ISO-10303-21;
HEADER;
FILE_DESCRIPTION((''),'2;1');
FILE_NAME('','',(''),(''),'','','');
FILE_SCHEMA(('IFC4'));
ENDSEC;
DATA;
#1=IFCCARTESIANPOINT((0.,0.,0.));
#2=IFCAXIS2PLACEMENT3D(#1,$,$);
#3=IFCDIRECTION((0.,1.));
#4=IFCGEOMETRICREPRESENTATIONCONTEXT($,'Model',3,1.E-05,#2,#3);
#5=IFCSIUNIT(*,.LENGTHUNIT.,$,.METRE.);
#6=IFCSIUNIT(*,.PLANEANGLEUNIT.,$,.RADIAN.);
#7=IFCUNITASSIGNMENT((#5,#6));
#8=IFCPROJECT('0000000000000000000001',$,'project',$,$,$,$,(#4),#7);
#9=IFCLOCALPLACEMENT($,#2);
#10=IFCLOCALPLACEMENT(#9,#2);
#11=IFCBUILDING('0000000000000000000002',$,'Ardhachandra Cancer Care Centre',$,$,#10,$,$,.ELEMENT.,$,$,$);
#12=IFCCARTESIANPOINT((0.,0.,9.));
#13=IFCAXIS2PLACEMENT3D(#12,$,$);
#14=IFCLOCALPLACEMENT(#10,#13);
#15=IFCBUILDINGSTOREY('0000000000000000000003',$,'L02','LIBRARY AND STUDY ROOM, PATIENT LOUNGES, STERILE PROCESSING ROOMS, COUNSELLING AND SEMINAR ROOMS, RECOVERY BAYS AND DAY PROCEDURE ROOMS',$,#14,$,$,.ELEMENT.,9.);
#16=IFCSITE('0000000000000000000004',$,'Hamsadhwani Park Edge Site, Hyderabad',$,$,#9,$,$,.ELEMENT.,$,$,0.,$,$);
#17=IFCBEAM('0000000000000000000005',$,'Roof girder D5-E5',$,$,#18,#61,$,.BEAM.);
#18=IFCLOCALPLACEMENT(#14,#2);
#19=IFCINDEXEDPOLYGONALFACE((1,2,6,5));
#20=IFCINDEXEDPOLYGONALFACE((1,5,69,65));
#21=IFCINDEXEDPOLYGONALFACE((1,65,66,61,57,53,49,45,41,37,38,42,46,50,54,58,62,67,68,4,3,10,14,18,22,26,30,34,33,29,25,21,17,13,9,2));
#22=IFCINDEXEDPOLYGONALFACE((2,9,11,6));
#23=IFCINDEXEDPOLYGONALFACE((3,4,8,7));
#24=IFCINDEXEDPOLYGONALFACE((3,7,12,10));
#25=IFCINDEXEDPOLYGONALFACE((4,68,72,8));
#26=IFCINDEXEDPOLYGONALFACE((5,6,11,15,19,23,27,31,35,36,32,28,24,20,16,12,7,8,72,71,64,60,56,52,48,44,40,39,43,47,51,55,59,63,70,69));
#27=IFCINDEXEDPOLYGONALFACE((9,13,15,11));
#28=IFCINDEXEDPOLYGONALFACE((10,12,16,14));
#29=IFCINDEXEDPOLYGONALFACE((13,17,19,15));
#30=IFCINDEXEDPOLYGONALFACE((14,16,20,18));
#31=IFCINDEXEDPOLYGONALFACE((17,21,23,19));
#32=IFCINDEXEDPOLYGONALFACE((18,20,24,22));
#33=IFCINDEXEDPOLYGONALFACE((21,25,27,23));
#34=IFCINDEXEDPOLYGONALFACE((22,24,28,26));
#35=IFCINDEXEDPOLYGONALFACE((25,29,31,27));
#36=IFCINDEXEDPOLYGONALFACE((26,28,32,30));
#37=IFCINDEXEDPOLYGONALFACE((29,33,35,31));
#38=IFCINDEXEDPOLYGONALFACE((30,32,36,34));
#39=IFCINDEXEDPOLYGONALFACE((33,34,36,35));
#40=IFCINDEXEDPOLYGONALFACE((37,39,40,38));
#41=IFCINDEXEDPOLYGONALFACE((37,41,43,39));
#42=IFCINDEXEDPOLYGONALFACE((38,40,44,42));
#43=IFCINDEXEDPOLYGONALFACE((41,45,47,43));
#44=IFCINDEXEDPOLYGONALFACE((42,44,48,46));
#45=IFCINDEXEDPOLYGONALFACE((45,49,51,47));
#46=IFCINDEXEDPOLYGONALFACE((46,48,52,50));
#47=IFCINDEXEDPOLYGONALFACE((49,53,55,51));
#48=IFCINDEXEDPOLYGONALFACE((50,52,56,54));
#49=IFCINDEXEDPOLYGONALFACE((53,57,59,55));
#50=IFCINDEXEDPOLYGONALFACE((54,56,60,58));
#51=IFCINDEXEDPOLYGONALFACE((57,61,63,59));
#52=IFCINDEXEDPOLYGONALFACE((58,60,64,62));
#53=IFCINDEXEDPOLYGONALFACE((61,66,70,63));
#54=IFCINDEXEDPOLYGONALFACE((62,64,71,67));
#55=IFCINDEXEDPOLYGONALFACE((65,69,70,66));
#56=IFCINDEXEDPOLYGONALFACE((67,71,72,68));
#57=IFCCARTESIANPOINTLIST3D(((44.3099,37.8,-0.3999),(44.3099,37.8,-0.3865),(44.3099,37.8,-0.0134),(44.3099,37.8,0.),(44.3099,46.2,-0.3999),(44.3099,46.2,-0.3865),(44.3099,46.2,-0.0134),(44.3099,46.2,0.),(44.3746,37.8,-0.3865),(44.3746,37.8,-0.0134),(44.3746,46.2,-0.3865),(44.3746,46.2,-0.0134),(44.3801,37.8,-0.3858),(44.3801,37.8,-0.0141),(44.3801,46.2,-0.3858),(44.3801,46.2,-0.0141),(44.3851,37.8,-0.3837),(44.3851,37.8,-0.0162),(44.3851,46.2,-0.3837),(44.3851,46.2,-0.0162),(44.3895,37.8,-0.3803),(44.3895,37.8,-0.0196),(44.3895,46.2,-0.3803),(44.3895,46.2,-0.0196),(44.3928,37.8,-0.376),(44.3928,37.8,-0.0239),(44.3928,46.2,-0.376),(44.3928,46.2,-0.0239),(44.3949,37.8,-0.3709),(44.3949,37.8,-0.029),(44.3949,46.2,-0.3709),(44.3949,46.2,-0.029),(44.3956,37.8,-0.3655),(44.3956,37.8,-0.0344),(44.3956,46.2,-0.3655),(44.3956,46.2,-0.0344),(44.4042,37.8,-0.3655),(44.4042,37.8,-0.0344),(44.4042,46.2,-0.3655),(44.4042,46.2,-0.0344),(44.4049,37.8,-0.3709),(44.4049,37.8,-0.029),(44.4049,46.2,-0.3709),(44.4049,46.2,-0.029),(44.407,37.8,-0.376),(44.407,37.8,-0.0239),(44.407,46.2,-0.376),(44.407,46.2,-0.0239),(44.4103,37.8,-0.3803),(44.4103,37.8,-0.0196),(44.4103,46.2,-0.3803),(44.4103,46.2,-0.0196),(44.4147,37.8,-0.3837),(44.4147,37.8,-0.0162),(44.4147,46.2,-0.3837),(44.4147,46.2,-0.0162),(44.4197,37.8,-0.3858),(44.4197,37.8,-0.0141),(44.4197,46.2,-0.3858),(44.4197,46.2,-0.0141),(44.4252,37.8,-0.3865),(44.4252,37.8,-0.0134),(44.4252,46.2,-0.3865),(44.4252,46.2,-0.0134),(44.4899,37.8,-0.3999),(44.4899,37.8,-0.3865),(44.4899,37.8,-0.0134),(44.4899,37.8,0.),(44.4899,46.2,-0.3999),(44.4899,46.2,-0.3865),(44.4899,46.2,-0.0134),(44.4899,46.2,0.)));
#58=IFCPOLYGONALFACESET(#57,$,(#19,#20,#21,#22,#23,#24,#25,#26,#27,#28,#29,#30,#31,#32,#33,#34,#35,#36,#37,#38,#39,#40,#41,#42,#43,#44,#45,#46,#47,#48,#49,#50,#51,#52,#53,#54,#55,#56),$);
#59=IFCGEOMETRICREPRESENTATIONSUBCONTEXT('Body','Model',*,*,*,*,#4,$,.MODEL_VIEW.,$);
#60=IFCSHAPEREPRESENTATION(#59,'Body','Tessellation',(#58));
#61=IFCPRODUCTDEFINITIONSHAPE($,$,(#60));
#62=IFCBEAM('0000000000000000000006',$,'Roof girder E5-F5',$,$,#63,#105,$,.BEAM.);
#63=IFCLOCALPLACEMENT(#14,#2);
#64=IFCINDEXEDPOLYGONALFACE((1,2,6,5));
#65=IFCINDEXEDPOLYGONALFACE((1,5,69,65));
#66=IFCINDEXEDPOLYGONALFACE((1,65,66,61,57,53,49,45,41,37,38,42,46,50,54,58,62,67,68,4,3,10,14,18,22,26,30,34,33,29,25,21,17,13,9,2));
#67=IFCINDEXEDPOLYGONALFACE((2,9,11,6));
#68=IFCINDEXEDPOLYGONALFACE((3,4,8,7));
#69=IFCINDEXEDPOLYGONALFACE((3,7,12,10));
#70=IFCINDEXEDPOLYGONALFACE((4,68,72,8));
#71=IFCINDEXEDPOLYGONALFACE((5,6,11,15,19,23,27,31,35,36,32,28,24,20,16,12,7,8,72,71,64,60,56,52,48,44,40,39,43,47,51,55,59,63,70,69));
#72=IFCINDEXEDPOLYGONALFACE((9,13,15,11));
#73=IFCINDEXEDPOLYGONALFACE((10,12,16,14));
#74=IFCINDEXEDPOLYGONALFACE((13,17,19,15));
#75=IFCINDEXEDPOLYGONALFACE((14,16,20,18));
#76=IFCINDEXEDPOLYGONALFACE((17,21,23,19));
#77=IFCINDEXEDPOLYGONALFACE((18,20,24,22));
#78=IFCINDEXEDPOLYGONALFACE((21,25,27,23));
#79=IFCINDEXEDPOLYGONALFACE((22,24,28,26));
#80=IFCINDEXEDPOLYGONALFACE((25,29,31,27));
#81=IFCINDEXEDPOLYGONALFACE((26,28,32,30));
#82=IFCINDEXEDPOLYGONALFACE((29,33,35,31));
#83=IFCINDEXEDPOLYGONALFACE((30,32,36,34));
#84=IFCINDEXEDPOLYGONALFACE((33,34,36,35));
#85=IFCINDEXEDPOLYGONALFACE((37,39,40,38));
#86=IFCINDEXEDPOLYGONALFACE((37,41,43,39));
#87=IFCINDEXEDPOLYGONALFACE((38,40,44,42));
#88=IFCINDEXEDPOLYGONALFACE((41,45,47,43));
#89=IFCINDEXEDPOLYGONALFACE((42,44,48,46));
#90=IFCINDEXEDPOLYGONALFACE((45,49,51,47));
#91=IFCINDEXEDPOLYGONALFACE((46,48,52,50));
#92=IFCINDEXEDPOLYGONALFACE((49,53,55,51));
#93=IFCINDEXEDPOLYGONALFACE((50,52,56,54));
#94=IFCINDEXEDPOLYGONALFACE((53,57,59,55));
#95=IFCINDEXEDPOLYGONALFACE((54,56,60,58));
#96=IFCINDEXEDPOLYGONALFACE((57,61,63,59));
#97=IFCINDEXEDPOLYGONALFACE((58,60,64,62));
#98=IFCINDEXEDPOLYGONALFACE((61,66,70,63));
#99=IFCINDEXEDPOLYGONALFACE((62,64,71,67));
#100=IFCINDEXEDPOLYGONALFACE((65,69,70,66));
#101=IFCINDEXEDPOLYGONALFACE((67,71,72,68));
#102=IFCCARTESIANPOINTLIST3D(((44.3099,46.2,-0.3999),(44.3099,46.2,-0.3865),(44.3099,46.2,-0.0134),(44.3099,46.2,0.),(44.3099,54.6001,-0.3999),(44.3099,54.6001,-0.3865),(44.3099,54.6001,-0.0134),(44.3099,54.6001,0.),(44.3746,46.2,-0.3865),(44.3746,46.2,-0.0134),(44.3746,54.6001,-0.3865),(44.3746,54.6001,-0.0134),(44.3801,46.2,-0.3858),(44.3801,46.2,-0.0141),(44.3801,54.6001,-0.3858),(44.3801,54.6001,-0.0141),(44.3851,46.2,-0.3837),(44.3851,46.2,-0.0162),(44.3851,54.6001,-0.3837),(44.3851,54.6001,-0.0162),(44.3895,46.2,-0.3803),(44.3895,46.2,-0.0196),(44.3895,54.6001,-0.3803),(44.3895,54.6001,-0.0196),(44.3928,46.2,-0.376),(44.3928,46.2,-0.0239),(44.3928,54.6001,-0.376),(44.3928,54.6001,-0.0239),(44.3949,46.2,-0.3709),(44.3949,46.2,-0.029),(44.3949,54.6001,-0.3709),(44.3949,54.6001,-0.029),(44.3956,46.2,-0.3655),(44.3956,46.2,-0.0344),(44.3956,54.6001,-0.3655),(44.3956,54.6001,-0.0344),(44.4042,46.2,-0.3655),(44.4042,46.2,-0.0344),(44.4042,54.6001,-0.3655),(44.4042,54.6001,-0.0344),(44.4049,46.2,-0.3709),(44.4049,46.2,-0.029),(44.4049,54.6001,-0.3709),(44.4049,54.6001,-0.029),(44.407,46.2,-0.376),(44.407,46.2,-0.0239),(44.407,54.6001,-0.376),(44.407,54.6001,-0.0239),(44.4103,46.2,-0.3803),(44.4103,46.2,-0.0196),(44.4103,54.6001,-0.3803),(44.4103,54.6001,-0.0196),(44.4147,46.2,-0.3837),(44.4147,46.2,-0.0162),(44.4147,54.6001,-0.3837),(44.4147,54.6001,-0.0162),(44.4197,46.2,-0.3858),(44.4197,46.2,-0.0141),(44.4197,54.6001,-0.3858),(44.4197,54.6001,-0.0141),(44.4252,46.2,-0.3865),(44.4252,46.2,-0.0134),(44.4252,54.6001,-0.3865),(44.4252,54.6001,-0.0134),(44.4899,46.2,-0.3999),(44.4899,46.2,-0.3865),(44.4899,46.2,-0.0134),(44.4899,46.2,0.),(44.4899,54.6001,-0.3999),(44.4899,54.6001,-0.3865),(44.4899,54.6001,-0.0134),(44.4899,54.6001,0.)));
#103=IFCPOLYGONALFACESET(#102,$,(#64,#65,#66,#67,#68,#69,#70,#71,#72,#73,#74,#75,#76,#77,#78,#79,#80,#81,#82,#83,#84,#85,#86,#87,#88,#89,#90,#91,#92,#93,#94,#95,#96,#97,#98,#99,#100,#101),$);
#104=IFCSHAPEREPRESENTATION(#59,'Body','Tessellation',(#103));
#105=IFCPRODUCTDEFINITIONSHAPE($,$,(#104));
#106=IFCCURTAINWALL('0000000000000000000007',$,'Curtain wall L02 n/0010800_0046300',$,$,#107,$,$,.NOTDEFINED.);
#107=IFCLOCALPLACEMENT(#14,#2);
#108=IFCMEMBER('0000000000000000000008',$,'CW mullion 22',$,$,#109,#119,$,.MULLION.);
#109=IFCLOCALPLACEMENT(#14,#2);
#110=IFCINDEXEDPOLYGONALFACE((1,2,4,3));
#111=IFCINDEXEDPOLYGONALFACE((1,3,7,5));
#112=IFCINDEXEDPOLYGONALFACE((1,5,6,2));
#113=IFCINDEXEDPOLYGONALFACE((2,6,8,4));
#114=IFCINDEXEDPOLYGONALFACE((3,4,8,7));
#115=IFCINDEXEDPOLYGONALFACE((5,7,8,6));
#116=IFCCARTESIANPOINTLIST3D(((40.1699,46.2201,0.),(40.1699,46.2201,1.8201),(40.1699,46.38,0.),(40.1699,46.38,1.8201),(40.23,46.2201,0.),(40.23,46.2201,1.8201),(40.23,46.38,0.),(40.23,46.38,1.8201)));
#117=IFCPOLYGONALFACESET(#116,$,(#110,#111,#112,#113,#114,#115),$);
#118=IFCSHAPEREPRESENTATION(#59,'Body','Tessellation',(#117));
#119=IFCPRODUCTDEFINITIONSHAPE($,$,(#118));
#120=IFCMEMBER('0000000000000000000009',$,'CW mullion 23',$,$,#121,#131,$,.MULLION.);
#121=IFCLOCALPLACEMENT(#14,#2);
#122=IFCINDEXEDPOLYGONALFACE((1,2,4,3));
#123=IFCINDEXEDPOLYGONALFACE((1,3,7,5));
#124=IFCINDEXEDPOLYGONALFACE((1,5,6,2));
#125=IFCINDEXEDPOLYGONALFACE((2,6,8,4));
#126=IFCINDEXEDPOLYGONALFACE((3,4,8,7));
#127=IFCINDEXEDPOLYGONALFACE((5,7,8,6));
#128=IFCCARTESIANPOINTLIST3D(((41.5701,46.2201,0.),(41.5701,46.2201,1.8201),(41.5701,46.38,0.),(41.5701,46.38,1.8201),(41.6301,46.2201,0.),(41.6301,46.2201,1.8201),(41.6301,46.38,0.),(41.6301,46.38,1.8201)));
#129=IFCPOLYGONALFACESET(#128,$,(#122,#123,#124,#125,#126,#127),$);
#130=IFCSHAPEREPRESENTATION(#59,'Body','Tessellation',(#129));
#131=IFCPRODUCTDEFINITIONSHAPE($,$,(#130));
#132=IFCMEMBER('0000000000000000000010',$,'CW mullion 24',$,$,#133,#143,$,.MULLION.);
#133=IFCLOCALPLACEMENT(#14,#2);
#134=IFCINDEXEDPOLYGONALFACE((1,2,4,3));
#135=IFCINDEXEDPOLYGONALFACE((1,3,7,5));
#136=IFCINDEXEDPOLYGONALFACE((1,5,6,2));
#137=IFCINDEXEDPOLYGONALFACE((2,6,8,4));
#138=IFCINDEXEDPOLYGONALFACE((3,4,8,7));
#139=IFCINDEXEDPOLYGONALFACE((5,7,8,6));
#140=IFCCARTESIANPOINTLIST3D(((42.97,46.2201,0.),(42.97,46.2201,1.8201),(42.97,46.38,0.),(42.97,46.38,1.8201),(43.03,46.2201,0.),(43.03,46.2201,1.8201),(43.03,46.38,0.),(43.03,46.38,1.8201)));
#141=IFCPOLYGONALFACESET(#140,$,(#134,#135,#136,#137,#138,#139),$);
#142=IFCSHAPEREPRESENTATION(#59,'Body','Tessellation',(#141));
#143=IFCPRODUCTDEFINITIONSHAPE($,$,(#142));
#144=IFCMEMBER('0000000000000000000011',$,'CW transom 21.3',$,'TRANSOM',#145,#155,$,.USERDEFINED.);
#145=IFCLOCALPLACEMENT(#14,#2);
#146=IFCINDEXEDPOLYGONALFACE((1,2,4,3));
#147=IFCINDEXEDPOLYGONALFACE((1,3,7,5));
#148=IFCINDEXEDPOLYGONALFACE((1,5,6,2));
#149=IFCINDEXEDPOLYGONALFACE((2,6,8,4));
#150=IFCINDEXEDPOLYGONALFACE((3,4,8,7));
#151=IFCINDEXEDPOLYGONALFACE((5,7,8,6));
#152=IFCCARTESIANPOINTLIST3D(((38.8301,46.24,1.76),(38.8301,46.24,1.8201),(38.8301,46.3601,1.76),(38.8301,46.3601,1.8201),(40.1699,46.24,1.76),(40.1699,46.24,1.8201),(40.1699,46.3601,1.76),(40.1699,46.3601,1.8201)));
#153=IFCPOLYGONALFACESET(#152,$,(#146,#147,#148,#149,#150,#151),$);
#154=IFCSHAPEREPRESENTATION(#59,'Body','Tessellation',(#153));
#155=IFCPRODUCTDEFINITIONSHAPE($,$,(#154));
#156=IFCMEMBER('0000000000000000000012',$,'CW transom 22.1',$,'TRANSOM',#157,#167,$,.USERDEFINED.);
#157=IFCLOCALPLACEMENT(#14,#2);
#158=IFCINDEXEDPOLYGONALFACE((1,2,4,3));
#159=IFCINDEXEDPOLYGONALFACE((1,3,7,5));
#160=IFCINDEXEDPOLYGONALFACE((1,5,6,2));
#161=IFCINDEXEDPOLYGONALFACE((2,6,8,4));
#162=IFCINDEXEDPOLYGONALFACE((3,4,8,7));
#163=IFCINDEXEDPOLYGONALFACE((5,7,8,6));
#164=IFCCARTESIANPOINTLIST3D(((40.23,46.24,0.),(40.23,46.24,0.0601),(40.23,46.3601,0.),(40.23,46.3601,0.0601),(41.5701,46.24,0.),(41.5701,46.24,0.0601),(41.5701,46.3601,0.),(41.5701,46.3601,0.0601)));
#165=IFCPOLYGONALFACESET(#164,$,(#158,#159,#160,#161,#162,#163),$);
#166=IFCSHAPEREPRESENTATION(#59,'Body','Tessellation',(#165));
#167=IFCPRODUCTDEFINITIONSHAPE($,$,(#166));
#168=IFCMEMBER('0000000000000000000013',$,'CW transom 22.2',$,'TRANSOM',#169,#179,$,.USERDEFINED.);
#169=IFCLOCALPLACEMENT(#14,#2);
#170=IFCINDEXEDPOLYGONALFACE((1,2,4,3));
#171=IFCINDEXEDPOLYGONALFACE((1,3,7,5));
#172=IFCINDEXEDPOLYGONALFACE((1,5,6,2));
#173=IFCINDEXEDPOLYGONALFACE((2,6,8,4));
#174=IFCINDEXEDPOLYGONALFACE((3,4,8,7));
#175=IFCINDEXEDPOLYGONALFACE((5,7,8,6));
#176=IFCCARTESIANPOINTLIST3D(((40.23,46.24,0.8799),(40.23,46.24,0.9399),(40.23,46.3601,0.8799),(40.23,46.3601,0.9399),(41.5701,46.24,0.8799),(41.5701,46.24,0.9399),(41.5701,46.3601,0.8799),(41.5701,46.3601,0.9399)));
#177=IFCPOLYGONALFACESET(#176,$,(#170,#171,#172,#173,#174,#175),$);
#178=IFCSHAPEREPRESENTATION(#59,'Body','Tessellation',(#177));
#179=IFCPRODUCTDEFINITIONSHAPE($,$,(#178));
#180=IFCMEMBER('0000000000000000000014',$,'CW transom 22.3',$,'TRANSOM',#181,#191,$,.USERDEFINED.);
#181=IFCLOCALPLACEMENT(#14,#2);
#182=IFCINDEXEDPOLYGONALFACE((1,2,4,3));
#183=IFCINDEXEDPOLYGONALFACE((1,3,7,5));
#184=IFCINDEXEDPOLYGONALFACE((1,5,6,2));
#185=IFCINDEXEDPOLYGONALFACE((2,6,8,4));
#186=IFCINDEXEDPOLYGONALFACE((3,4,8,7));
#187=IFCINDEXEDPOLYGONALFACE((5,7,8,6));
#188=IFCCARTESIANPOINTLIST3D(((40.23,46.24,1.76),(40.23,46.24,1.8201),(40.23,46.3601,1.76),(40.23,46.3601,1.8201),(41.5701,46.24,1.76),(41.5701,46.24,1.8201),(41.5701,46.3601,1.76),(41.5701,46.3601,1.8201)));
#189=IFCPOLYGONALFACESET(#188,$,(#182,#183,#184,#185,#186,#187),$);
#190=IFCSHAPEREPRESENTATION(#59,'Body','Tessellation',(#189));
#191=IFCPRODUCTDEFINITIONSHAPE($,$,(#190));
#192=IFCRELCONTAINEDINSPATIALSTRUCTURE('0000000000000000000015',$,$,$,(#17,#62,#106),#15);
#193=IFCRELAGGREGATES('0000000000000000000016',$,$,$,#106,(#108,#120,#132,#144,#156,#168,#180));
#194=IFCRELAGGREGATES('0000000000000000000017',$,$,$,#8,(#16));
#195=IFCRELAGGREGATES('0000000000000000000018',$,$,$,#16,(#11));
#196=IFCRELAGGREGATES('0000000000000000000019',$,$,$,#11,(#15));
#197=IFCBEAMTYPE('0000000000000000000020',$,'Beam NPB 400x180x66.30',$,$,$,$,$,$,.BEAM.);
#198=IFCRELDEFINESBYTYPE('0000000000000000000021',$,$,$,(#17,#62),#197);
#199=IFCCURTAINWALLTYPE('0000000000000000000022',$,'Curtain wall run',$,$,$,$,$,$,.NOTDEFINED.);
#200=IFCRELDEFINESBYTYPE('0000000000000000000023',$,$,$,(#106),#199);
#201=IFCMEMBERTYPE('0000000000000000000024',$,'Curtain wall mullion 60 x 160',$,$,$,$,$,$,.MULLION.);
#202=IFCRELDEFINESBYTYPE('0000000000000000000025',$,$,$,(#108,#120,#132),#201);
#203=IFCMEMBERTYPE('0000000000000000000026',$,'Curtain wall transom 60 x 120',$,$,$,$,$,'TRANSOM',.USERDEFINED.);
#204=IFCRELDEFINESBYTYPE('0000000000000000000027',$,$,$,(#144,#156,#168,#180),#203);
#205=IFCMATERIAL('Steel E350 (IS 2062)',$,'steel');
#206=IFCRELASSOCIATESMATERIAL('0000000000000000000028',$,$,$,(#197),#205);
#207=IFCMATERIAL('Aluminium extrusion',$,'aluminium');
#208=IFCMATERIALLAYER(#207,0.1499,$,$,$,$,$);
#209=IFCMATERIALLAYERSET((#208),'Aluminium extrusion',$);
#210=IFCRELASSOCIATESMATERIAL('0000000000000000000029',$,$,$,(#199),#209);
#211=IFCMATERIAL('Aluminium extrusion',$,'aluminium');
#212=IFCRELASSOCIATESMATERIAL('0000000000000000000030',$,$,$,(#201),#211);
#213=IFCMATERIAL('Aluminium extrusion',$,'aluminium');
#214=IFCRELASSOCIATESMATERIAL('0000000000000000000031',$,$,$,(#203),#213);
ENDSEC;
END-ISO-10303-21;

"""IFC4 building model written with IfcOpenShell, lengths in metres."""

from ifc_helpers import new_model, si_unit, direction, frame, origin, origin_2d, place, context, subcontext, project, spatial, rectangle, i_section, extrude, material, layer, layer_set, material_profile, profile_set, type_object, element, aggregate, save


model = new_model("IFC4")

# Units and contexts
model_context = context("Model", 3, precision=1e-05, world=origin(), true_north=direction((0.0, 1.0)))
body_context = subcontext(model_context, "Body", "Model", "MODEL_VIEW")
ifc_project = project(units=[si_unit("LENGTHUNIT", "METRE"), si_unit("PLANEANGLEUNIT", "RADIAN")], contexts=[model_context])

# Site, building, storey
site_placement = place(None, origin())
site = spatial("IfcSite", under=ifc_project, at=site_placement, Name="Hamsadhwani Park Edge Site, Hyderabad", CompositionType="ELEMENT", RefElevation=0.0)
building_placement = place(site_placement, origin())
building = spatial("IfcBuilding", under=site, at=building_placement, Name="Ardhachandra Cancer Care Centre", CompositionType="ELEMENT")
storey_placement = place(building_placement, frame((0.0, 0.0, 9.0)))
storey = spatial("IfcBuildingStorey", under=building, at=storey_placement, Name="L02", Description="LIBRARY AND STUDY ROOM, PATIENT LOUNGES, STERILE PROCESSING ROOMS, COUNSELLING AND SEMINAR ROOMS, RECOVERY BAYS AND DAY PROCEDURE ROOMS", CompositionType="ELEMENT", Elevation=9.0)

# Beams
ifc_material_1 = material(Name="Steel E350 (IS 2062)", Category="steel")
ifc_material_profile_1 = material_profile(ifc_material_1, i_section(OverallWidth=0.1799, OverallDepth=0.3999, WebThickness=0.0085, FlangeThickness=0.0134, FilletRadius=0.021, at=origin_2d()), Name="NPB 400x180x66.30")
ifc_profile_set_1 = profile_set([ifc_material_profile_1], Name="Steel E350 (IS 2062)")
beam_type = type_object("IfcBeamType", Name="Beam NPB 400x180x66.30", PredefinedType="BEAM", material=ifc_profile_set_1)
beam_1_placement = place(storey_placement, frame((44.3999, 37.8, -0.2), z_axis=(0.0, 1.0, 0.0), x_axis=(-1.0, 0.0, 0.0)))
element("IfcBeam", 1, at=beam_1_placement, inside=storey, type_object=beam_type, Name="Roof girder D5-E5", PredefinedType="BEAM", context=body_context, shape_type="SweptSolid", body=[
    extrude(i_section(OverallWidth=0.1799, OverallDepth=0.3999, WebThickness=0.0085, FlangeThickness=0.0134, FilletRadius=0.021, at=origin_2d()), origin(), (0.0, 0.0, 1.0), 8.3999),
])
beam_2_placement = place(storey_placement, frame((44.3999, 46.2, -0.2), z_axis=(0.0, 1.0, 0.0), x_axis=(-1.0, 0.0, 0.0)))
element("IfcBeam", 2, at=beam_2_placement, inside=storey, type_object=beam_type, Name="Roof girder E5-F5", PredefinedType="BEAM", context=body_context, shape_type="SweptSolid", body=[
    extrude(i_section(OverallWidth=0.1799, OverallDepth=0.3999, WebThickness=0.0085, FlangeThickness=0.0134, FilletRadius=0.021, at=origin_2d()), origin(), (0.0, 0.0, 1.0), 8.4001),
])

# Curtain wall, members
ifc_material_2 = material(Name="Aluminium extrusion", Category="aluminium")
ifc_layer_1 = layer(ifc_material_2, 0.1499)
ifc_layer_set_1 = layer_set([ifc_layer_1], Name="Aluminium extrusion")
curtain_wall_type = type_object("IfcCurtainWallType", Name="Curtain wall run", PredefinedType="NOTDEFINED", material=ifc_layer_set_1)
curtain_wall_placement = place(storey_placement, origin())
curtain_wall = element("IfcCurtainWall", 3, at=curtain_wall_placement, inside=storey, type_object=curtain_wall_type, Name="Curtain wall L02 n/0010800_0046300", PredefinedType="NOTDEFINED")
ifc_material_3 = material(Name="Aluminium extrusion", Category="aluminium")
ifc_material_profile_2 = material_profile(ifc_material_3, rectangle(XDim=0.1599, YDim=0.0601, at=origin_2d()), Name="Curtain wall mullion 60 x 160")
ifc_profile_set_2 = profile_set([ifc_material_profile_2], Name="Aluminium extrusion")
member_type_1 = type_object("IfcMemberType", Name="Curtain wall mullion 60 x 160", PredefinedType="MULLION", material=ifc_profile_set_2)
member_1_placement = place(storey_placement, frame((40.2, 46.3, 0.0), z_axis=(0.0, 0.0, 1.0), x_axis=(0.0, 1.0, 0.0)))
member_1 = element("IfcMember", 4, at=member_1_placement, type_object=member_type_1, Name="CW mullion 22", PredefinedType="MULLION", context=body_context, shape_type="SweptSolid", body=[
    extrude(rectangle(XDim=0.1599, YDim=0.0601, at=origin_2d()), origin(), (0.0, 0.0, 1.0), 1.8201),
])
member_2_placement = place(storey_placement, frame((41.6001, 46.3, 0.0), z_axis=(0.0, 0.0, 1.0), x_axis=(0.0, 1.0, 0.0)))
member_2 = element("IfcMember", 5, at=member_2_placement, type_object=member_type_1, Name="CW mullion 23", PredefinedType="MULLION", context=body_context, shape_type="SweptSolid", body=[
    extrude(rectangle(XDim=0.1599, YDim=0.0601, at=origin_2d()), origin(), (0.0, 0.0, 1.0), 1.8201),
])
member_3_placement = place(storey_placement, frame((43.0, 46.3, 0.0), z_axis=(0.0, 0.0, 1.0), x_axis=(0.0, 1.0, 0.0)))
member_3 = element("IfcMember", 6, at=member_3_placement, type_object=member_type_1, Name="CW mullion 24", PredefinedType="MULLION", context=body_context, shape_type="SweptSolid", body=[
    extrude(rectangle(XDim=0.1599, YDim=0.0601, at=origin_2d()), origin(), (0.0, 0.0, 1.0), 1.8201),
])
ifc_material_4 = material(Name="Aluminium extrusion", Category="aluminium")
ifc_material_profile_3 = material_profile(ifc_material_4, rectangle(XDim=0.1201, YDim=0.0601, at=origin_2d()), Name="Curtain wall transom 60 x 120")
ifc_profile_set_3 = profile_set([ifc_material_profile_3], Name="Aluminium extrusion")
member_type_2 = type_object("IfcMemberType", Name="Curtain wall transom 60 x 120", ElementType="TRANSOM", PredefinedType="USERDEFINED", material=ifc_profile_set_3)
member_4_placement = place(storey_placement, frame((38.8301, 46.3, 1.79), z_axis=(1.0, 0.0, 0.0), x_axis=(0.0, 1.0, 0.0)))
member_4 = element("IfcMember", 7, at=member_4_placement, type_object=member_type_2, Name="CW transom 21.3", ObjectType="TRANSOM", PredefinedType="USERDEFINED", context=body_context, shape_type="SweptSolid", body=[
    extrude(rectangle(XDim=0.1201, YDim=0.0601, at=origin_2d()), origin(), (0.0, 0.0, 1.0), 1.3398),
])
member_5_placement = place(storey_placement, frame((40.23, 46.3, 0.03), z_axis=(1.0, 0.0, 0.0), x_axis=(0.0, 1.0, 0.0)))
member_5 = element("IfcMember", 8, at=member_5_placement, type_object=member_type_2, Name="CW transom 22.1", ObjectType="TRANSOM", PredefinedType="USERDEFINED", context=body_context, shape_type="SweptSolid", body=[
    extrude(rectangle(XDim=0.1201, YDim=0.0601, at=origin_2d()), origin(), (0.0, 0.0, 1.0), 1.3401),
])
member_6_placement = place(storey_placement, frame((40.23, 46.3, 0.9099), z_axis=(1.0, 0.0, 0.0), x_axis=(0.0, 1.0, 0.0)))
member_6 = element("IfcMember", 9, at=member_6_placement, type_object=member_type_2, Name="CW transom 22.2", ObjectType="TRANSOM", PredefinedType="USERDEFINED", context=body_context, shape_type="SweptSolid", body=[
    extrude(rectangle(XDim=0.1201, YDim=0.0601, at=origin_2d()), origin(), (0.0, 0.0, 1.0), 1.3401),
])
member_7_placement = place(storey_placement, frame((40.23, 46.3, 1.79), z_axis=(1.0, 0.0, 0.0), x_axis=(0.0, 1.0, 0.0)))
member_7 = element("IfcMember", 10, at=member_7_placement, type_object=member_type_2, Name="CW transom 22.3", ObjectType="TRANSOM", PredefinedType="USERDEFINED", context=body_context, shape_type="SweptSolid", body=[
    extrude(rectangle(XDim=0.1201, YDim=0.0601, at=origin_2d()), origin(), (0.0, 0.0, 1.0), 1.3401),
])

aggregate(curtain_wall, [member_1, member_2, member_3, member_4, member_5, member_6, member_7])

save(model, "model.ifc")
